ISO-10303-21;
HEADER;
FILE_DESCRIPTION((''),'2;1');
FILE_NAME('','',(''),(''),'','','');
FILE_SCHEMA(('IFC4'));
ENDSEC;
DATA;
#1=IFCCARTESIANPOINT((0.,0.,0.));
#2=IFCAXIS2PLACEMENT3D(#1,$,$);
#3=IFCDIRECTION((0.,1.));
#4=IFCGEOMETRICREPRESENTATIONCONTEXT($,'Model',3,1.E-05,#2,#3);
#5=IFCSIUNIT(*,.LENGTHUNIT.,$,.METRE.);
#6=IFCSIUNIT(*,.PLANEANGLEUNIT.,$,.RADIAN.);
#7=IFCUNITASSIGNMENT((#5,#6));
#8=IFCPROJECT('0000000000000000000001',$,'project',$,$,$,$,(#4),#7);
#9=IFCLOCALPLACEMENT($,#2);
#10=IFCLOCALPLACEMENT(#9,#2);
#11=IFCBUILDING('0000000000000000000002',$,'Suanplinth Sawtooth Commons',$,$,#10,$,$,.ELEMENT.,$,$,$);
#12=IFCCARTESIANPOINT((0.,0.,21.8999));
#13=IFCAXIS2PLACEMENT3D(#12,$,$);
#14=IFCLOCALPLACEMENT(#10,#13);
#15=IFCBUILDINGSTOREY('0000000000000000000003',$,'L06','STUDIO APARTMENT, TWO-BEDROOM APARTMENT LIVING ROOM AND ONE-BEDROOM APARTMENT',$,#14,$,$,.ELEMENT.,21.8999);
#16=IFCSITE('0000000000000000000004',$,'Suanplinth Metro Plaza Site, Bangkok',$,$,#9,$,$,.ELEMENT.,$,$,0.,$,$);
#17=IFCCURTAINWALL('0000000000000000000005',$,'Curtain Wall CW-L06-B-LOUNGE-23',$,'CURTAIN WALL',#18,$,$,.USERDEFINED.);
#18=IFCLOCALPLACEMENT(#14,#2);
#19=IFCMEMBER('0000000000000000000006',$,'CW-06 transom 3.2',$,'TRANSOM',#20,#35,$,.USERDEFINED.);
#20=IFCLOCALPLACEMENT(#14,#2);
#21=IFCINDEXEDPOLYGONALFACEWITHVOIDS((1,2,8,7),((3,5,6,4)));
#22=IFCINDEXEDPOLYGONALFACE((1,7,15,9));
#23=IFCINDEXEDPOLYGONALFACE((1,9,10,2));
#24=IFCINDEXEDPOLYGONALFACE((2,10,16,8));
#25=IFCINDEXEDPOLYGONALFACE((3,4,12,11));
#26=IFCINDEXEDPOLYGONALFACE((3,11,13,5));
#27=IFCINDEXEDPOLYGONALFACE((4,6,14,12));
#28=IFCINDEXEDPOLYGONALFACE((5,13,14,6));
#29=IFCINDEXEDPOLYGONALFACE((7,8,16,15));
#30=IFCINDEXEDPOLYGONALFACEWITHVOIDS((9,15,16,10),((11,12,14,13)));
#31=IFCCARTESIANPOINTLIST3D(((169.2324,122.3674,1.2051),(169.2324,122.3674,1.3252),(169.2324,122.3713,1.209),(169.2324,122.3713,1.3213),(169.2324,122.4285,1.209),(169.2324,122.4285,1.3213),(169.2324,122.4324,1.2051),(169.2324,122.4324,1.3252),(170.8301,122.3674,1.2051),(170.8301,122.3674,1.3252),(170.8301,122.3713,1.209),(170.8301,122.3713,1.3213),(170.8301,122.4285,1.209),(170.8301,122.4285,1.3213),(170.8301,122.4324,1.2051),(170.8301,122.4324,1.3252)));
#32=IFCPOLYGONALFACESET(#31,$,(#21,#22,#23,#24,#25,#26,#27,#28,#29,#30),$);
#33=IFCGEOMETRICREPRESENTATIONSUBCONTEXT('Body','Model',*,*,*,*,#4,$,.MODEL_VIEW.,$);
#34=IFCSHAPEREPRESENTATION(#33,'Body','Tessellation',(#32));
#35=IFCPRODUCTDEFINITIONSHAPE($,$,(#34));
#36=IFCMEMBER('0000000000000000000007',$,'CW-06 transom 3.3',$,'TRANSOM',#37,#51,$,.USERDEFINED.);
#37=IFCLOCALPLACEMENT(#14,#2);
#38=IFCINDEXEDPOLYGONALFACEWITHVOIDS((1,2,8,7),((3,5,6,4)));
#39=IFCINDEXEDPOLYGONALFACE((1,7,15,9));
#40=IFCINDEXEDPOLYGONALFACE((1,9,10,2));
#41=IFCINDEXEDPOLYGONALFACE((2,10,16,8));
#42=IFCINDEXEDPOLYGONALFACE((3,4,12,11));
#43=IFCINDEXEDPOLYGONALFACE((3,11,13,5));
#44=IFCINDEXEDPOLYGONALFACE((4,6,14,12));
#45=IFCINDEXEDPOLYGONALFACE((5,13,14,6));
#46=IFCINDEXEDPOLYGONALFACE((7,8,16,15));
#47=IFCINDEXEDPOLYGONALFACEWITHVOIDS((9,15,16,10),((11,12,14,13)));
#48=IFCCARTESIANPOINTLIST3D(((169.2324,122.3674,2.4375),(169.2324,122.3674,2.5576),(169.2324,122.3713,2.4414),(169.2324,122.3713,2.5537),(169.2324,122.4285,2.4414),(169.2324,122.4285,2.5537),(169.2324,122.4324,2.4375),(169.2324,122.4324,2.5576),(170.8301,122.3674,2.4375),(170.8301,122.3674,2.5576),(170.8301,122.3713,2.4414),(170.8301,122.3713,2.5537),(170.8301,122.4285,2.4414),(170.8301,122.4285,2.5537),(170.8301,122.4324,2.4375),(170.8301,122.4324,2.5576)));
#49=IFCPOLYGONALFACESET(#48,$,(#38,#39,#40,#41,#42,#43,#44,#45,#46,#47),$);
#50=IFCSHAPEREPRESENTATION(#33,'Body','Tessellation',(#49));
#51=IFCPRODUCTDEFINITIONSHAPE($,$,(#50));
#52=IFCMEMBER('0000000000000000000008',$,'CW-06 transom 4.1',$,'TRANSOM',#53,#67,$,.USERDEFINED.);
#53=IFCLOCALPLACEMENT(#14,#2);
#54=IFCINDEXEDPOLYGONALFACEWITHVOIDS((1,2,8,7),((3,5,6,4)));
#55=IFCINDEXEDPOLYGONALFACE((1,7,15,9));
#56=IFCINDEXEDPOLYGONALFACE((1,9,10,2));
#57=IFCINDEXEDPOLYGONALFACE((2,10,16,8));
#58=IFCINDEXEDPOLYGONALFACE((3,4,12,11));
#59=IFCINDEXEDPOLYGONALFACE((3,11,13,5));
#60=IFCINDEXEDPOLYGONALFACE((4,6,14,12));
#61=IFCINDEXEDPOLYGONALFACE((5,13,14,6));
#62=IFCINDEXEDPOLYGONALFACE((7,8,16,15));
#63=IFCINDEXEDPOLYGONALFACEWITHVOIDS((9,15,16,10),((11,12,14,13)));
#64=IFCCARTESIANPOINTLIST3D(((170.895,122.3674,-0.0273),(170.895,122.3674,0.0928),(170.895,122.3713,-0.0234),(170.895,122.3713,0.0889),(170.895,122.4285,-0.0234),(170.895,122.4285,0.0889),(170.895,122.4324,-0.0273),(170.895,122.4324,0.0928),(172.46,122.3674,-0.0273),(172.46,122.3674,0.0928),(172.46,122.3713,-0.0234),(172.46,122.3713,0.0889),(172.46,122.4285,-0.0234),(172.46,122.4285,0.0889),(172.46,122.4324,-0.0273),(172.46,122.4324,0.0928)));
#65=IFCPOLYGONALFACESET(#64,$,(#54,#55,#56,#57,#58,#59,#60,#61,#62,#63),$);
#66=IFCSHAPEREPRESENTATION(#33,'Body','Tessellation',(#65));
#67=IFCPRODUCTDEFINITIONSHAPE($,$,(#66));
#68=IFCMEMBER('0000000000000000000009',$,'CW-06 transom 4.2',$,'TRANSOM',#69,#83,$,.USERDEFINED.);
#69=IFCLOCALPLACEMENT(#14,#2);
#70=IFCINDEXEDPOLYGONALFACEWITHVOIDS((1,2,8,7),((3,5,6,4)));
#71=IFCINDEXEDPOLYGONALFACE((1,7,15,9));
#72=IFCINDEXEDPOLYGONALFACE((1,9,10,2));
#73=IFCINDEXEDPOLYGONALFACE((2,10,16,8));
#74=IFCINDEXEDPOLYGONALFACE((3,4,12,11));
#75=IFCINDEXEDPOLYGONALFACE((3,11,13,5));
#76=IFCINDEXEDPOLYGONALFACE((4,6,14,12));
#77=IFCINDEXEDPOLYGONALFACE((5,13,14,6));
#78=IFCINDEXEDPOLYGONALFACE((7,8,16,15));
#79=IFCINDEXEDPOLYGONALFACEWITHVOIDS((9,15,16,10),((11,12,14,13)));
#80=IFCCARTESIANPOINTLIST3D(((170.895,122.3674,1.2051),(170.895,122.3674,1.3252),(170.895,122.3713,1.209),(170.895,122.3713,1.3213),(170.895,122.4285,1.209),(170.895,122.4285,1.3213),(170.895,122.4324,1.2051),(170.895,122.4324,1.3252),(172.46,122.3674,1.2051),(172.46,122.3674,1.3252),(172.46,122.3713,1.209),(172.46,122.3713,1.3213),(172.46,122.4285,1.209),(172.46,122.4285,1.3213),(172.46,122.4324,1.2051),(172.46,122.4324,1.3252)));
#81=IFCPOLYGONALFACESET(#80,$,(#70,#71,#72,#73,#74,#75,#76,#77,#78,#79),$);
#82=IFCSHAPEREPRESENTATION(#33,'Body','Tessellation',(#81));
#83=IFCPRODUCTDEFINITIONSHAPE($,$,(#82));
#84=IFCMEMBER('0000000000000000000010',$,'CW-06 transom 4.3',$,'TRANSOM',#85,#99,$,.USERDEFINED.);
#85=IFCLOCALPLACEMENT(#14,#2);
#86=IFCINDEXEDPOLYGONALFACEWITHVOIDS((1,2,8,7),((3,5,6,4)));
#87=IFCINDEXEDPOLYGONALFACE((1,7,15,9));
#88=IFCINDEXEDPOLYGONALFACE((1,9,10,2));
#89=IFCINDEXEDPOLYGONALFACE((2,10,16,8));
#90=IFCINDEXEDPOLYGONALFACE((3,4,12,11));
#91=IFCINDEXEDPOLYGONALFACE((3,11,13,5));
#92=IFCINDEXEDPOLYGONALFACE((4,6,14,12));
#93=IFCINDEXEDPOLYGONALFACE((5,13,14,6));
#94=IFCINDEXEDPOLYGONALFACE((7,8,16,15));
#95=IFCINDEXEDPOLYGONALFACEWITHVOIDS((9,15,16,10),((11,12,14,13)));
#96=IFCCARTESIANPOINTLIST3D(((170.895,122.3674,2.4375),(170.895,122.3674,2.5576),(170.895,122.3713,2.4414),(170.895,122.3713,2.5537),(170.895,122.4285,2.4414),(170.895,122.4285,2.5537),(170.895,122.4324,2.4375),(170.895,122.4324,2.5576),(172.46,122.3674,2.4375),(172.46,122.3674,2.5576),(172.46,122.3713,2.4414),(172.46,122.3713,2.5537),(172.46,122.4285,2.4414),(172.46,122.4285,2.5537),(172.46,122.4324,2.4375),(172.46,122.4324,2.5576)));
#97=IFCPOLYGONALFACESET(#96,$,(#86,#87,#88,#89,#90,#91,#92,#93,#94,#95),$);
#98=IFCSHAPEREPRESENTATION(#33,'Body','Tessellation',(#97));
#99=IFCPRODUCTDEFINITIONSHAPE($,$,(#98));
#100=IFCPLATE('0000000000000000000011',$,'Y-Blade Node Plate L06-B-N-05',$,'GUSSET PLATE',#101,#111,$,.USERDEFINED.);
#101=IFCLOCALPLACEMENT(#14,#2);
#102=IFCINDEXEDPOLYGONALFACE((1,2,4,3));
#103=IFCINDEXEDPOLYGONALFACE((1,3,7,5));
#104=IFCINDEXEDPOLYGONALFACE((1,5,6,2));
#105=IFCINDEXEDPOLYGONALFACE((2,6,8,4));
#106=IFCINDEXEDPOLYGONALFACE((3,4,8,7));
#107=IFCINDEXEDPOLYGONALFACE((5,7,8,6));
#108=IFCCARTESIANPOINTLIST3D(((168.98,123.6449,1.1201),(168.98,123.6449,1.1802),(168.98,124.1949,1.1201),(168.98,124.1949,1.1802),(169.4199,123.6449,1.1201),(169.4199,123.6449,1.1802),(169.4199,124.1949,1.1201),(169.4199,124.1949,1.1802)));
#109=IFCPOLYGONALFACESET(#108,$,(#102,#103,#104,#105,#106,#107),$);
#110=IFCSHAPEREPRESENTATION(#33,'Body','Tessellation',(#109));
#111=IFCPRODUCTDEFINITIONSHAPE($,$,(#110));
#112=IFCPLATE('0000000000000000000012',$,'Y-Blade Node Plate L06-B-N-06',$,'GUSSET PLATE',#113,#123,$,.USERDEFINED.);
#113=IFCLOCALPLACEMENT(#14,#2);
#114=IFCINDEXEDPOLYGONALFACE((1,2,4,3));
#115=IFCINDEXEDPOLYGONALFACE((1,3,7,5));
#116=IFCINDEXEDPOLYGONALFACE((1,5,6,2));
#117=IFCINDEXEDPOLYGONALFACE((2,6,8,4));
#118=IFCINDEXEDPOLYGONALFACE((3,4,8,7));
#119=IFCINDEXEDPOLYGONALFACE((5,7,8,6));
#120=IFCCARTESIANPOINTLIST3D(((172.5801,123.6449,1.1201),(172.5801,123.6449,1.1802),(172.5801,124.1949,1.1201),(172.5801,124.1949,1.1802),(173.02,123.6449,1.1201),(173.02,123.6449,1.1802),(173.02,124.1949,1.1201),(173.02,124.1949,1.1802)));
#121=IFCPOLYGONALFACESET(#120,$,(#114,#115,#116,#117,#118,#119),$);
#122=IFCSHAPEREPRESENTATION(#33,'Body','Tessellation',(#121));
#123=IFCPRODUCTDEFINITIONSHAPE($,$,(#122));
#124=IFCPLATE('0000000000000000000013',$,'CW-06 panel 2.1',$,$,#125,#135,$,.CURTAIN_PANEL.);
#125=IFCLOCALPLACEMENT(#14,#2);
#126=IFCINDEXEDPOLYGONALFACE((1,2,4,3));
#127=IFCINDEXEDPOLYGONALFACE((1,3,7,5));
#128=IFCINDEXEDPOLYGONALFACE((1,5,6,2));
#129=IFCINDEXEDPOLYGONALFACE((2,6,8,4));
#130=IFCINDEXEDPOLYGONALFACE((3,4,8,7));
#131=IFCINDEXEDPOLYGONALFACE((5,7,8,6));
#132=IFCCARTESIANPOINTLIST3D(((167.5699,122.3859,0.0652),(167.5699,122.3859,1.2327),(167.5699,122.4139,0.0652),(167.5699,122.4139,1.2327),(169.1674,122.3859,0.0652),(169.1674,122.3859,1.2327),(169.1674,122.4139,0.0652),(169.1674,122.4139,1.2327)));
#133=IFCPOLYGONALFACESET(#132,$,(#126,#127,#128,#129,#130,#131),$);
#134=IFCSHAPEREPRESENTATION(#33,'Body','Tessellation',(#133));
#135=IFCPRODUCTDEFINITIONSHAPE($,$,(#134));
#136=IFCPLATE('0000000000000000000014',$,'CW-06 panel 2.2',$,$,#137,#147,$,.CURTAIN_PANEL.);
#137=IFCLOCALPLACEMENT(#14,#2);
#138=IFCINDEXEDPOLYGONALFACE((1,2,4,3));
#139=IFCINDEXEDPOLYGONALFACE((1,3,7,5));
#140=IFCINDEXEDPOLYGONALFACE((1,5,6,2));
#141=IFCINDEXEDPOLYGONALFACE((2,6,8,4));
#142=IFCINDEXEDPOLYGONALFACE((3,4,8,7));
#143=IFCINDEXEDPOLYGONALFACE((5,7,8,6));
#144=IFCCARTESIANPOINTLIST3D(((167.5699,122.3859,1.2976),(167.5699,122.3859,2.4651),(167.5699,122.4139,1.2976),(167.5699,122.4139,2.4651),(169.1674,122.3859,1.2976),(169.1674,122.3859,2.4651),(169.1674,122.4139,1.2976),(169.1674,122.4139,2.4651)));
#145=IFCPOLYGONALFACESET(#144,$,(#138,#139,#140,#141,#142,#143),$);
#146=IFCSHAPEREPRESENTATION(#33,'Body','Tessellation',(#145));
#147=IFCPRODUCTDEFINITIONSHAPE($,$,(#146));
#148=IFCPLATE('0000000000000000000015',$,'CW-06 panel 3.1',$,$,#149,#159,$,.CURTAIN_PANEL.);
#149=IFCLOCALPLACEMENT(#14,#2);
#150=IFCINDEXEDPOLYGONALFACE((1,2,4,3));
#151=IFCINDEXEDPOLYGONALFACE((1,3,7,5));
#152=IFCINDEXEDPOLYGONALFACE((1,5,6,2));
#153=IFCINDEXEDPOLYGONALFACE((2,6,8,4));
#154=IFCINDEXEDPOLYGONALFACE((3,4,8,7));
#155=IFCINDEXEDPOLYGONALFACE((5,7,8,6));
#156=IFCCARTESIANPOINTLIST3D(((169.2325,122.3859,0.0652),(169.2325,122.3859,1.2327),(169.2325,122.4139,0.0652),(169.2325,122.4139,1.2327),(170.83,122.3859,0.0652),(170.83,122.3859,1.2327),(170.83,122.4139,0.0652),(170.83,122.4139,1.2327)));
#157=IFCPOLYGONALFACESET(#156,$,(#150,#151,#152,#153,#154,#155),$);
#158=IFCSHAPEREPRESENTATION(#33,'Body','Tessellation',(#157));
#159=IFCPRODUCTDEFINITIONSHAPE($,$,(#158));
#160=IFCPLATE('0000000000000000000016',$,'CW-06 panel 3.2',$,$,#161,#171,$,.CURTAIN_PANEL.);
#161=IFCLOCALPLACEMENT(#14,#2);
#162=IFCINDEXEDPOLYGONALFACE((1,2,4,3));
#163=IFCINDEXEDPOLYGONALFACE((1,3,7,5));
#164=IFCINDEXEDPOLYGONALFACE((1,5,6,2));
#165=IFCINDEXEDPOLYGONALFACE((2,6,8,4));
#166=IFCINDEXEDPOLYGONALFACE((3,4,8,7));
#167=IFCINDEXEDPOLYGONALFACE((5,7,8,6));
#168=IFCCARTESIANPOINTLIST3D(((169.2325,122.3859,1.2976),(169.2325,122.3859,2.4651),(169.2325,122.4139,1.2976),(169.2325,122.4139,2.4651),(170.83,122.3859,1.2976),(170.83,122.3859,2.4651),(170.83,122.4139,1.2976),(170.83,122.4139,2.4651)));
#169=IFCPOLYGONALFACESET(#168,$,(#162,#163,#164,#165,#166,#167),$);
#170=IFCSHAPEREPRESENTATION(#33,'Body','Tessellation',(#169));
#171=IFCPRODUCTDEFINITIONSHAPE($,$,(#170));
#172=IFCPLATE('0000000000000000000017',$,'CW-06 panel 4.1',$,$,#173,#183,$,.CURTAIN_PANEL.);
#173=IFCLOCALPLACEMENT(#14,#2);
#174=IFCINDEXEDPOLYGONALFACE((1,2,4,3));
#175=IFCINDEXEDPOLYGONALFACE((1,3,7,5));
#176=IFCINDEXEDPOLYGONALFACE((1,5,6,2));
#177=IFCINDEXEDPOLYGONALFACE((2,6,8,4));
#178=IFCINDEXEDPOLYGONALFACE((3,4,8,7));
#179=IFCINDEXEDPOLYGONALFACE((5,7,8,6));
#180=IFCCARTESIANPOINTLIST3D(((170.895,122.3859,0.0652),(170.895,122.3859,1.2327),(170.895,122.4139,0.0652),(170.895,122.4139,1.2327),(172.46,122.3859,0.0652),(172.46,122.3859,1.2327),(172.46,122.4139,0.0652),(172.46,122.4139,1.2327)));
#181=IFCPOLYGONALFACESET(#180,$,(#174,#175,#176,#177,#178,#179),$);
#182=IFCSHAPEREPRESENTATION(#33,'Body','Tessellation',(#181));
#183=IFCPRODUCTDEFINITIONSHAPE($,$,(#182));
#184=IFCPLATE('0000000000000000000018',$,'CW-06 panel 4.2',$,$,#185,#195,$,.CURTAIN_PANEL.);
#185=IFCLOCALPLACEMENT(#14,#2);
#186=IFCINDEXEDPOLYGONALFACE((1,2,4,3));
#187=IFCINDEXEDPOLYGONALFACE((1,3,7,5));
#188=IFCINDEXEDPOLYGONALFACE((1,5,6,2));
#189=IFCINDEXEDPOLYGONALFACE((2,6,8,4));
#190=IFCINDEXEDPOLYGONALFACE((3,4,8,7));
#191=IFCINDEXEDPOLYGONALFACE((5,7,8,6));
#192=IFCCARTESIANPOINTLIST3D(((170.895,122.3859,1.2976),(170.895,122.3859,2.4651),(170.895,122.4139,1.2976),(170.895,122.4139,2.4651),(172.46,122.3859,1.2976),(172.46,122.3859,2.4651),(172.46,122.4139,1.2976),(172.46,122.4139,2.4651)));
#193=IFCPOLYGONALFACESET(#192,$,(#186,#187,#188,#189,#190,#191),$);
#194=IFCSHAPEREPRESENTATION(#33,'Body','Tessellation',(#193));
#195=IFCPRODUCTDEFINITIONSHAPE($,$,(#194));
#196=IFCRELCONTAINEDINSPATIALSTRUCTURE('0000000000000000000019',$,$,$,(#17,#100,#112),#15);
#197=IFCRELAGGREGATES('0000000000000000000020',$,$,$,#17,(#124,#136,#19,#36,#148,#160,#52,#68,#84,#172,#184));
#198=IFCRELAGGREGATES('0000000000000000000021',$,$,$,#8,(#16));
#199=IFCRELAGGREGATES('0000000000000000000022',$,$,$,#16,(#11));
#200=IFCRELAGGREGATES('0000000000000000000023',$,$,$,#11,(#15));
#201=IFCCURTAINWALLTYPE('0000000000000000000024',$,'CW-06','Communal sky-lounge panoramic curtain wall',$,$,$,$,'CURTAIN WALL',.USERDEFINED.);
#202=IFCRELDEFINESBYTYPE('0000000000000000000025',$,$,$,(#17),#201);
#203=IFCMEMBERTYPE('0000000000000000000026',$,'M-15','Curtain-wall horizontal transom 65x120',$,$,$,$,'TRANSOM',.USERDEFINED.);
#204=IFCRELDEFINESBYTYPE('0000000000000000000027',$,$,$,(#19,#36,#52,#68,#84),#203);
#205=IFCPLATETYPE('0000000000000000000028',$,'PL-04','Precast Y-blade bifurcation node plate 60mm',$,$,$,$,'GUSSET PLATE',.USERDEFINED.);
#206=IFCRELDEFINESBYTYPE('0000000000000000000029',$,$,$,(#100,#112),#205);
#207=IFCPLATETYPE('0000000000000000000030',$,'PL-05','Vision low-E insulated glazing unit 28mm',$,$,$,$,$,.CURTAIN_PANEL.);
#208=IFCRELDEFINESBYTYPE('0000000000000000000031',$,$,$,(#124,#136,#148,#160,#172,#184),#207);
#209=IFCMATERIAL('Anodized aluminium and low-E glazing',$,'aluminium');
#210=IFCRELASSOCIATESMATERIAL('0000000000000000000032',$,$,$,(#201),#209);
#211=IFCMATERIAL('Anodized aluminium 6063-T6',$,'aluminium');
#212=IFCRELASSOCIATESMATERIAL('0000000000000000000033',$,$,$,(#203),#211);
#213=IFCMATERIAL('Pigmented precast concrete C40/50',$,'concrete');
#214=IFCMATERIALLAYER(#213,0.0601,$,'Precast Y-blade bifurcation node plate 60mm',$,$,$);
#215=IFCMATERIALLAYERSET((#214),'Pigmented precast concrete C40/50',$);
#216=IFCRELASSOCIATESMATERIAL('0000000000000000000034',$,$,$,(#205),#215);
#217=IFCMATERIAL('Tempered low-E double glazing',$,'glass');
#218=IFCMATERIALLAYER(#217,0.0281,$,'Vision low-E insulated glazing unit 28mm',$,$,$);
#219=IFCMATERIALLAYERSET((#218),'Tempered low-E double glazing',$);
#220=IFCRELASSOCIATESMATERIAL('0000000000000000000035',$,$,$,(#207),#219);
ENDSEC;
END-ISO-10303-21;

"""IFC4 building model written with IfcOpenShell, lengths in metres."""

from ifc_helpers import new_model, si_unit, direction, frame, origin, origin_2d, place, context, subcontext, project, spatial, rectangle, hollow_rectangle, extrude, material, layer, layer_set, material_profile, profile_set, type_object, element, aggregate, save


model = new_model("IFC4")

# Units and contexts
model_context = context("Model", 3, precision=1e-05, world=origin(), true_north=direction((0.0, 1.0)))
body_context = subcontext(model_context, "Body", "Model", "MODEL_VIEW")
ifc_project = project(units=[si_unit("LENGTHUNIT", "METRE"), si_unit("PLANEANGLEUNIT", "RADIAN")], contexts=[model_context])

# Site, building, storey
site_placement = place(None, origin())
site = spatial("IfcSite", under=ifc_project, at=site_placement, Name="Suanplinth Metro Plaza Site, Bangkok", CompositionType="ELEMENT", RefElevation=0.0)
building_placement = place(site_placement, origin())
building = spatial("IfcBuilding", under=site, at=building_placement, Name="Suanplinth Sawtooth Commons", CompositionType="ELEMENT")
storey_placement = place(building_placement, frame((0.0, 0.0, 21.8999)))
storey = spatial("IfcBuildingStorey", under=building, at=storey_placement, Name="L06", Description="STUDIO APARTMENT, TWO-BEDROOM APARTMENT LIVING ROOM AND ONE-BEDROOM APARTMENT", CompositionType="ELEMENT", Elevation=21.8999)

# Shared definitions
ifc_material_1 = material(Name="Pigmented precast concrete C40/50", Category="concrete")

# Curtain wall, members
ifc_material_2 = material(Name="Anodized aluminium and low-E glazing", Category="aluminium")
curtain_wall_type = type_object("IfcCurtainWallType", Name="CW-06", Description="Communal sky-lounge panoramic curtain wall", ElementType="CURTAIN WALL", PredefinedType="USERDEFINED", material=ifc_material_2)
curtain_wall_placement = place(storey_placement, origin())
curtain_wall = element("IfcCurtainWall", 1, at=curtain_wall_placement, inside=storey, type_object=curtain_wall_type, Name="Curtain Wall CW-L06-B-LOUNGE-23", ObjectType="CURTAIN WALL", PredefinedType="USERDEFINED")
ifc_material_3 = material(Name="Anodized aluminium 6063-T6", Category="aluminium")
ifc_material_profile_1 = material_profile(ifc_material_3, hollow_rectangle(XDim=0.0649, YDim=0.1201, WallThickness=0.0039, at=origin_2d()), Name="ALU-TRN 65x120")
ifc_profile_set_1 = profile_set([ifc_material_profile_1], Name="Anodized aluminium 6063-T6")
member_type_1 = type_object("IfcMemberType", Name="M-15", Description="Curtain-wall horizontal transom 65x120", ElementType="TRANSOM", PredefinedType="USERDEFINED", material=ifc_profile_set_1)
member_1_placement = place(storey_placement, frame((169.2324, 122.3999, 1.2651), z_axis=(1.0, 0.0, 0.0), x_axis=(0.0, 1.0, 0.0)))
member_1 = element("IfcMember", 2, at=member_1_placement, type_object=member_type_1, Name="CW-06 transom 3.2", ObjectType="TRANSOM", PredefinedType="USERDEFINED", context=body_context, shape_type="SweptSolid", body=[
    extrude(hollow_rectangle(XDim=0.0649, YDim=0.1201, WallThickness=0.0039, at=origin_2d()), origin(), (0.0, 0.0, 1.0), 1.5977),
])
member_2_placement = place(storey_placement, frame((169.2324, 122.3999, 2.4976), z_axis=(1.0, 0.0, 0.0), x_axis=(0.0, 1.0, 0.0)))
member_2 = element("IfcMember", 3, at=member_2_placement, type_object=member_type_1, Name="CW-06 transom 3.3", ObjectType="TRANSOM", PredefinedType="USERDEFINED", context=body_context, shape_type="SweptSolid", body=[
    extrude(hollow_rectangle(XDim=0.0649, YDim=0.1201, WallThickness=0.0039, at=origin_2d()), origin(), (0.0, 0.0, 1.0), 1.5977),
])
member_3_placement = place(storey_placement, frame((170.895, 122.3999, 0.0327), z_axis=(1.0, 0.0, 0.0), x_axis=(0.0, 1.0, 0.0)))
member_3 = element("IfcMember", 4, at=member_3_placement, type_object=member_type_1, Name="CW-06 transom 4.1", ObjectType="TRANSOM", PredefinedType="USERDEFINED", context=body_context, shape_type="SweptSolid", body=[
    extrude(hollow_rectangle(XDim=0.0649, YDim=0.1201, WallThickness=0.0039, at=origin_2d()), origin(), (0.0, 0.0, 1.0), 1.5649),
])
member_4_placement = place(storey_placement, frame((170.895, 122.3999, 1.2651), z_axis=(1.0, 0.0, 0.0), x_axis=(0.0, 1.0, 0.0)))
member_4 = element("IfcMember", 5, at=member_4_placement, type_object=member_type_1, Name="CW-06 transom 4.2", ObjectType="TRANSOM", PredefinedType="USERDEFINED", context=body_context, shape_type="SweptSolid", body=[
    extrude(hollow_rectangle(XDim=0.0649, YDim=0.1201, WallThickness=0.0039, at=origin_2d()), origin(), (0.0, 0.0, 1.0), 1.5649),
])
member_5_placement = place(storey_placement, frame((170.895, 122.3999, 2.4976), z_axis=(1.0, 0.0, 0.0), x_axis=(0.0, 1.0, 0.0)))
member_5 = element("IfcMember", 6, at=member_5_placement, type_object=member_type_1, Name="CW-06 transom 4.3", ObjectType="TRANSOM", PredefinedType="USERDEFINED", context=body_context, shape_type="SweptSolid", body=[
    extrude(hollow_rectangle(XDim=0.0649, YDim=0.1201, WallThickness=0.0039, at=origin_2d()), origin(), (0.0, 0.0, 1.0), 1.5649),
])

# Plates
ifc_layer_1 = layer(ifc_material_1, 0.0601, Name="Precast Y-blade bifurcation node plate 60mm")
ifc_layer_set_1 = layer_set([ifc_layer_1], Name="Pigmented precast concrete C40/50")
plate_type_1 = type_object("IfcPlateType", Name="PL-04", Description="Precast Y-blade bifurcation node plate 60mm", ElementType="GUSSET PLATE", PredefinedType="USERDEFINED", material=ifc_layer_set_1)
for number, where, z_axis, x_axis, name in (
    (7, (169.2, 123.9199, 1.1201), (0.0, 0.0, 1.0), (1.0, 0.0, 0.0), "Y-Blade Node Plate L06-B-N-05"),
    (8, (172.8, 123.9199, 1.1201), (0.0, 0.0, 1.0), (1.0, 0.0, 0.0), "Y-Blade Node Plate L06-B-N-06"),
):
    element("IfcPlate", number, at=place(storey_placement, frame(where, z_axis=z_axis, x_axis=x_axis)), inside=storey, type_object=plate_type_1, Name=name, ObjectType="GUSSET PLATE", PredefinedType="USERDEFINED", context=body_context, shape_type="SweptSolid", body=[
        extrude(rectangle(XDim=0.4399, YDim=0.55, at=origin_2d()), origin(), (0.0, 0.0, 1.0), 0.0601),
    ])

# Plates
ifc_material_4 = material(Name="Tempered low-E double glazing", Category="glass")
ifc_layer_2 = layer(ifc_material_4, 0.0281, Name="Vision low-E insulated glazing unit 28mm")
ifc_layer_set_2 = layer_set([ifc_layer_2], Name="Tempered low-E double glazing")
plate_type_2 = type_object("IfcPlateType", Name="PL-05", Description="Vision low-E insulated glazing unit 28mm", PredefinedType="CURTAIN_PANEL", material=ifc_layer_set_2)
plate_1_placement = place(storey_placement, frame((168.3687, 122.3999, 0.0652), z_axis=(0.0, 0.0, 1.0), x_axis=(1.0, 0.0, 0.0)))
plate_1 = element("IfcPlate", 9, at=plate_1_placement, type_object=plate_type_2, Name="CW-06 panel 2.1", PredefinedType="CURTAIN_PANEL", context=body_context, shape_type="SweptSolid", body=[
    extrude(rectangle(XDim=1.5974, YDim=0.0281, at=origin_2d()), origin(), (0.0, 0.0, 1.0), 1.1675),
])
plate_2_placement = place(storey_placement, frame((168.3687, 122.3999, 1.2976), z_axis=(0.0, 0.0, 1.0), x_axis=(1.0, 0.0, 0.0)))
plate_2 = element("IfcPlate", 10, at=plate_2_placement, type_object=plate_type_2, Name="CW-06 panel 2.2", PredefinedType="CURTAIN_PANEL", context=body_context, shape_type="SweptSolid", body=[
    extrude(rectangle(XDim=1.5974, YDim=0.0281, at=origin_2d()), origin(), (0.0, 0.0, 1.0), 1.1675),
])
plate_3_placement = place(storey_placement, frame((170.0312, 122.3999, 0.0652), z_axis=(0.0, 0.0, 1.0), x_axis=(1.0, 0.0, 0.0)))
plate_3 = element("IfcPlate", 11, at=plate_3_placement, type_object=plate_type_2, Name="CW-06 panel 3.1", PredefinedType="CURTAIN_PANEL", context=body_context, shape_type="SweptSolid", body=[
    extrude(rectangle(XDim=1.5974, YDim=0.0281, at=origin_2d()), origin(), (0.0, 0.0, 1.0), 1.1675),
])
plate_4_placement = place(storey_placement, frame((170.0312, 122.3999, 1.2976), z_axis=(0.0, 0.0, 1.0), x_axis=(1.0, 0.0, 0.0)))
plate_4 = element("IfcPlate", 12, at=plate_4_placement, type_object=plate_type_2, Name="CW-06 panel 3.2", PredefinedType="CURTAIN_PANEL", context=body_context, shape_type="SweptSolid", body=[
    extrude(rectangle(XDim=1.5974, YDim=0.0281, at=origin_2d()), origin(), (0.0, 0.0, 1.0), 1.1675),
])
plate_5_placement = place(storey_placement, frame((171.6775, 122.3999, 0.0652), z_axis=(0.0, 0.0, 1.0), x_axis=(1.0, 0.0, 0.0)))
plate_5 = element("IfcPlate", 13, at=plate_5_placement, type_object=plate_type_2, Name="CW-06 panel 4.1", PredefinedType="CURTAIN_PANEL", context=body_context, shape_type="SweptSolid", body=[
    extrude(rectangle(XDim=1.5649, YDim=0.0281, at=origin_2d()), origin(), (0.0, 0.0, 1.0), 1.1675),
])
plate_6_placement = place(storey_placement, frame((171.6775, 122.3999, 1.2976), z_axis=(0.0, 0.0, 1.0), x_axis=(1.0, 0.0, 0.0)))
plate_6 = element("IfcPlate", 14, at=plate_6_placement, type_object=plate_type_2, Name="CW-06 panel 4.2", PredefinedType="CURTAIN_PANEL", context=body_context, shape_type="SweptSolid", body=[
    extrude(rectangle(XDim=1.5649, YDim=0.0281, at=origin_2d()), origin(), (0.0, 0.0, 1.0), 1.1675),
])
aggregate(curtain_wall, [plate_1, plate_2, member_1, member_2, plate_3, plate_4, member_3, member_4, member_5, plate_5, plate_6])

save(model, "model.ifc")
